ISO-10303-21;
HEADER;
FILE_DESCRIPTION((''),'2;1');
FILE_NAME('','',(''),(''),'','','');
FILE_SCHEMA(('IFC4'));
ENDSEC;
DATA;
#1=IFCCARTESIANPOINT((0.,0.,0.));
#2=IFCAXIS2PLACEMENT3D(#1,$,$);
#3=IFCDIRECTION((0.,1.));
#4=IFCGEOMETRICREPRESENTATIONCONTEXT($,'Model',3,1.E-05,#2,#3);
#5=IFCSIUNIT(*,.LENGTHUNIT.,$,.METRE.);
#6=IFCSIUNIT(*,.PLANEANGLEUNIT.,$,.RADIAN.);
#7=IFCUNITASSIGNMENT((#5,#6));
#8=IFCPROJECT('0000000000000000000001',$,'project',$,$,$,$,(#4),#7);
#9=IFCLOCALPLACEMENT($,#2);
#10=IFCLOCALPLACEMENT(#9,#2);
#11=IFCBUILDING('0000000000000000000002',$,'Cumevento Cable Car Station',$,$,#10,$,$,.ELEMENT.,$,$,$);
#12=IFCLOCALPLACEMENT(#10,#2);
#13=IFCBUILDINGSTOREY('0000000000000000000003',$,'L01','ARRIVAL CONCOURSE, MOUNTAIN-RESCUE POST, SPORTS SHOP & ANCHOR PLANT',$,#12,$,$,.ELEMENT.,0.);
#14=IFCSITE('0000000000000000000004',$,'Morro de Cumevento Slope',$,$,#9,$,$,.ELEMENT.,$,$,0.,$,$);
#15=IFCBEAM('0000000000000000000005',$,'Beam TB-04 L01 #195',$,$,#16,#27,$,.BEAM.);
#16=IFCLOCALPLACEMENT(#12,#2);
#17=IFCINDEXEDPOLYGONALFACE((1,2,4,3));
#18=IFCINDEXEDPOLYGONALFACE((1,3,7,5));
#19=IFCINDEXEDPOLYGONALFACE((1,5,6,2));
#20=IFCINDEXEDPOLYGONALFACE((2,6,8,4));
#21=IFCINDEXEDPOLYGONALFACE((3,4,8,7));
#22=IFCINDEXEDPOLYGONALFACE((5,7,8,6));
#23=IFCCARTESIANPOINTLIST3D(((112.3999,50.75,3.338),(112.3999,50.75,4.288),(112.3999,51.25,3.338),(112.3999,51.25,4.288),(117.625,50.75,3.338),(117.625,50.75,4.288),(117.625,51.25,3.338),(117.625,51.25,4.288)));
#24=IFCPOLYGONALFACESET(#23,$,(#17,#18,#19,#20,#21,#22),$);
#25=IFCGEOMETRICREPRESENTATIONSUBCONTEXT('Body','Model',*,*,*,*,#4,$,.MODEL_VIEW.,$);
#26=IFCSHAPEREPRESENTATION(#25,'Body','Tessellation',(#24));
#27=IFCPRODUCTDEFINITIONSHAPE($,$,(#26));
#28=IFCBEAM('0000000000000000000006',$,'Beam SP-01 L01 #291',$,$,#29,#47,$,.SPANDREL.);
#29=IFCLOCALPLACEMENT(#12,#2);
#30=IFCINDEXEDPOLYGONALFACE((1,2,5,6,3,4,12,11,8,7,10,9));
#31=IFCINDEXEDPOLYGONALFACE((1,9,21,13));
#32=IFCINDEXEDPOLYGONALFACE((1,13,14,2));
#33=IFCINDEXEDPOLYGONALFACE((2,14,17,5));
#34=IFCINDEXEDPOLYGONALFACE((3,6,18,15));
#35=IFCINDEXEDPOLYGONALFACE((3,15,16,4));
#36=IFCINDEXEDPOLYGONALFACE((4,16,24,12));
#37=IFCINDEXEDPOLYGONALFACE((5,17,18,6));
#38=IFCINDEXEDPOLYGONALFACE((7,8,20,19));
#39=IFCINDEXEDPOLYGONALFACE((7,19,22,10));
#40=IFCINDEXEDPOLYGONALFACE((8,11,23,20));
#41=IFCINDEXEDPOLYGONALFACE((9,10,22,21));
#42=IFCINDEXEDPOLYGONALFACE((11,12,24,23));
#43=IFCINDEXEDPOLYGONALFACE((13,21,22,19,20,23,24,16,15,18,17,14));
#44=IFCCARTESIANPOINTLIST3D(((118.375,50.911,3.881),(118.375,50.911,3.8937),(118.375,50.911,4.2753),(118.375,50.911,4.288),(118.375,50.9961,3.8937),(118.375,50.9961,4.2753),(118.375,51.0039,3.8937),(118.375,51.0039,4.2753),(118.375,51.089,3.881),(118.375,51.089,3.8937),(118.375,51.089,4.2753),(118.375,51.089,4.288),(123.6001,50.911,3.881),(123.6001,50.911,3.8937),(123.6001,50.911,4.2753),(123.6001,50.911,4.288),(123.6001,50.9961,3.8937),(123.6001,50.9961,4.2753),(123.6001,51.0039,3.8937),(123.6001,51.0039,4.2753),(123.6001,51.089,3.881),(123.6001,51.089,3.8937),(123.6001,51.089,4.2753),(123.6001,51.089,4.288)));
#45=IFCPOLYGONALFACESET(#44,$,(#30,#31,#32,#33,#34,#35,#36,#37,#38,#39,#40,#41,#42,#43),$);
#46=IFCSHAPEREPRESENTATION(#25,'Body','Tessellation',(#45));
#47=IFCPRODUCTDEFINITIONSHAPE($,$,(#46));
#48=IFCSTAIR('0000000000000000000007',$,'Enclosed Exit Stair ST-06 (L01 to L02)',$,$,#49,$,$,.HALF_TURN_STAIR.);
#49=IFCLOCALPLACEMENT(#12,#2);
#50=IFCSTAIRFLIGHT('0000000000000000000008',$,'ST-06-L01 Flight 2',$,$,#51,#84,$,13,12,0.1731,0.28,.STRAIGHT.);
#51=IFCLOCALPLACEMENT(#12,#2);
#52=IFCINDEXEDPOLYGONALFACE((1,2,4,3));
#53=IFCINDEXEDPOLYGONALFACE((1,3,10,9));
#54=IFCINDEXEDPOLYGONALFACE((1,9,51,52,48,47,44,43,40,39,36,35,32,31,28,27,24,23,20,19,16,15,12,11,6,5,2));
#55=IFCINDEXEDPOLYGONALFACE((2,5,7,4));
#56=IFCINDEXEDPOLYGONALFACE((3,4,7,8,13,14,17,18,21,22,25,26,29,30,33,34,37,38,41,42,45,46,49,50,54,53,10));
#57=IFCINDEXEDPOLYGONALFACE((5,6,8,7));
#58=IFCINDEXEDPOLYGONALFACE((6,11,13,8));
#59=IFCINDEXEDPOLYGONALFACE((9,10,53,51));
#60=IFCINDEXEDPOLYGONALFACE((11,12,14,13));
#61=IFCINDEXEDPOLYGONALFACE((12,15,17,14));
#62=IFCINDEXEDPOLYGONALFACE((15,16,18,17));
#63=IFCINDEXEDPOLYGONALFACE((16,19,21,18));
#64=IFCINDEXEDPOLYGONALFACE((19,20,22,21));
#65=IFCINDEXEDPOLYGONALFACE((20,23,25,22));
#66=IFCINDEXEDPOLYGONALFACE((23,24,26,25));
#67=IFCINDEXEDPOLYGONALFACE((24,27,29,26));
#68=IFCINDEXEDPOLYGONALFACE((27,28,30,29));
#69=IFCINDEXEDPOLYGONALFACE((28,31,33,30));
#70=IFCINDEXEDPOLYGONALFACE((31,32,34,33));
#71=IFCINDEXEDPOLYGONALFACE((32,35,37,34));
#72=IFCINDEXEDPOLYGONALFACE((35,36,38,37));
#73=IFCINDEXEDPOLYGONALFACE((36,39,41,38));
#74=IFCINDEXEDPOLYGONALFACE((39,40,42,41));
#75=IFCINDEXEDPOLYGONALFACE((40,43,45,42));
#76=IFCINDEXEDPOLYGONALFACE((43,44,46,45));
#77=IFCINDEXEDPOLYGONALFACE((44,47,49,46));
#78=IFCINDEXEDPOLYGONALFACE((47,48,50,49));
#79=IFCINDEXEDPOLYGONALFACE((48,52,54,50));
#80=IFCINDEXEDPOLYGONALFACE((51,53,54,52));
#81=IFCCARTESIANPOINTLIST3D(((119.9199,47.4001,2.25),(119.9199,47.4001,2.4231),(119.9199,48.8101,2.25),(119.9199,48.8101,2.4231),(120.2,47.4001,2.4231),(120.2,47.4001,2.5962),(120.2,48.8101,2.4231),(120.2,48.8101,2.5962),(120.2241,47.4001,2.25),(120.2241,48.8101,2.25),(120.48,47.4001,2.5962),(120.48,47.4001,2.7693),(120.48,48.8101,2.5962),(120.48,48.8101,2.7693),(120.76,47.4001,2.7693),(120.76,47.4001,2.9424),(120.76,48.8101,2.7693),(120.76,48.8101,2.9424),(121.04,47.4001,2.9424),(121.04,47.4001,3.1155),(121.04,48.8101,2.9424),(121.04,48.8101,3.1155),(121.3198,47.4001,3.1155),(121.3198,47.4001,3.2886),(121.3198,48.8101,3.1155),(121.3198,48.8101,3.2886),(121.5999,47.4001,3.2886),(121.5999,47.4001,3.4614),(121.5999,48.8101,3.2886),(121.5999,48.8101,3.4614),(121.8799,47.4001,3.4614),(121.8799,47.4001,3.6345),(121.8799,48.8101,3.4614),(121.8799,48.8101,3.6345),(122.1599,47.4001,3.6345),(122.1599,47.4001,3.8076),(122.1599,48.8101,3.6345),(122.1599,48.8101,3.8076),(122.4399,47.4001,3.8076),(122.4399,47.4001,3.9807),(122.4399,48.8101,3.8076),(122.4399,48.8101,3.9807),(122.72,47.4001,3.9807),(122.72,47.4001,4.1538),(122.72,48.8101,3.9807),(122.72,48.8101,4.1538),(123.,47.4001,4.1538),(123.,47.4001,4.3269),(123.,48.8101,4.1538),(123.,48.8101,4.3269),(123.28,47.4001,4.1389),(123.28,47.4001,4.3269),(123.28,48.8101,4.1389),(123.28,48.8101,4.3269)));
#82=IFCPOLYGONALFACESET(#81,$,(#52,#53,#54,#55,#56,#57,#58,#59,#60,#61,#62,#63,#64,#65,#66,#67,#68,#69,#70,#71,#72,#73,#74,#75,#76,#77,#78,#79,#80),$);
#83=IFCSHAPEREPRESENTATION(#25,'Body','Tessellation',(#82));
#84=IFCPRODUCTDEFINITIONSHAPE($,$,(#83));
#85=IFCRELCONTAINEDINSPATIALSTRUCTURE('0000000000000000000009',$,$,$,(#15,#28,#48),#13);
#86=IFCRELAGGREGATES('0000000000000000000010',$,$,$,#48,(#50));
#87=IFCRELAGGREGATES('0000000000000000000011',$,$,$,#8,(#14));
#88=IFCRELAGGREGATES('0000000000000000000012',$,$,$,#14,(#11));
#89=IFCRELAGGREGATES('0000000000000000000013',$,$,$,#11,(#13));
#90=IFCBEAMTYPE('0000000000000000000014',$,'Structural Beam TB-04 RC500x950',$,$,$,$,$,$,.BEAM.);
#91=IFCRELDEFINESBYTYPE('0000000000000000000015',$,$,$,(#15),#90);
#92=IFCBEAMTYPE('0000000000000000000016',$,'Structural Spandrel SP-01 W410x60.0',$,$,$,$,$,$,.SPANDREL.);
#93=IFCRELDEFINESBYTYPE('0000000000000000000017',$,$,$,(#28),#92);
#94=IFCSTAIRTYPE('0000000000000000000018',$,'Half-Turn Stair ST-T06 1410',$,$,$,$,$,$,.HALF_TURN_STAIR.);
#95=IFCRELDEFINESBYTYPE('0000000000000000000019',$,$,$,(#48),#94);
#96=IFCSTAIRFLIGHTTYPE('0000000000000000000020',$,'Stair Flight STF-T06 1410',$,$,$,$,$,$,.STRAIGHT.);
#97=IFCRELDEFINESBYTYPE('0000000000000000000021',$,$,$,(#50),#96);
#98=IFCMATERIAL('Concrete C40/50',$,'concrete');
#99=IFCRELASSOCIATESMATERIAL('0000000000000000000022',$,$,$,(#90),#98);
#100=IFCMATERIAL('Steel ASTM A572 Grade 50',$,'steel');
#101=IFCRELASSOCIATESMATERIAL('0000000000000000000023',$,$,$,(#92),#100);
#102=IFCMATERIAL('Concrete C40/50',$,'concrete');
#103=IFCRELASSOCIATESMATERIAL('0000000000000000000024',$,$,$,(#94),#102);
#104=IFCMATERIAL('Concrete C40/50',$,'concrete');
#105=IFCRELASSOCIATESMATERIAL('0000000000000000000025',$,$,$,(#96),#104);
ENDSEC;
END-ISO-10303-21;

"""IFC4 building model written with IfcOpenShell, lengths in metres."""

from ifc_helpers import new_model, si_unit, direction, frame, origin, origin_2d, place, context, subcontext, project, spatial, polyline, rectangle, i_section, outline, extrude, material, material_profile, profile_set, type_object, element, aggregate, save


model = new_model("IFC4")

# Units and contexts
model_context = context("Model", 3, precision=1e-05, world=origin(), true_north=direction((0.0, 1.0)))
body_context = subcontext(model_context, "Body", "Model", "MODEL_VIEW")
ifc_project = project(units=[si_unit("LENGTHUNIT", "METRE"), si_unit("PLANEANGLEUNIT", "RADIAN")], contexts=[model_context])

# Site, building, storey
site_placement = place(None, origin())
site = spatial("IfcSite", under=ifc_project, at=site_placement, Name="Morro de Cumevento Slope", CompositionType="ELEMENT", RefElevation=0.0)
building_placement = place(site_placement, origin())
building = spatial("IfcBuilding", under=site, at=building_placement, Name="Cumevento Cable Car Station", CompositionType="ELEMENT")
storey_placement = place(building_placement, origin())
storey = spatial("IfcBuildingStorey", under=building, at=storey_placement, Name="L01", Description="ARRIVAL CONCOURSE, MOUNTAIN-RESCUE POST, SPORTS SHOP & ANCHOR PLANT", CompositionType="ELEMENT", Elevation=0.0)

# Beams
ifc_material_1 = material(Name="Concrete C40/50", Category="concrete")
ifc_material_profile_1 = material_profile(ifc_material_1, rectangle(XDim=0.5, YDim=0.95, at=origin_2d()), Name="RC500x950")
ifc_profile_set_1 = profile_set([ifc_material_profile_1], Name="Concrete C40/50")
beam_type_1 = type_object("IfcBeamType", Name="Structural Beam TB-04 RC500x950", PredefinedType="BEAM", material=ifc_profile_set_1)
beam_1_placement = place(storey_placement, frame((112.3999, 51.0, 3.813), z_axis=(1.0, 0.0, 0.0), x_axis=(0.0, 1.0, 0.0)))
element("IfcBeam", 1, at=beam_1_placement, inside=storey, type_object=beam_type_1, Name="Beam TB-04 L01 #195", PredefinedType="BEAM", context=body_context, shape_type="SweptSolid", body=[
    extrude(rectangle(XDim=0.5, YDim=0.95, at=origin_2d()), origin(), (0.0, 0.0, 1.0), 5.2251),
])
ifc_material_2 = material(Name="Steel ASTM A572 Grade 50", Category="steel")
ifc_material_profile_2 = material_profile(ifc_material_2, i_section(OverallWidth=0.178, OverallDepth=0.407, WebThickness=0.0078, FlangeThickness=0.0127, at=origin_2d()), Name="W410x60.0")
ifc_profile_set_2 = profile_set([ifc_material_profile_2], Name="Steel ASTM A572 Grade 50")
beam_type_2 = type_object("IfcBeamType", Name="Structural Spandrel SP-01 W410x60.0", PredefinedType="SPANDREL", material=ifc_profile_set_2)
beam_2_placement = place(storey_placement, frame((118.375, 51.0, 4.0845), z_axis=(1.0, 0.0, 0.0), x_axis=(0.0, 1.0, 0.0)))
element("IfcBeam", 2, at=beam_2_placement, inside=storey, type_object=beam_type_2, Name="Beam SP-01 L01 #291", PredefinedType="SPANDREL", context=body_context, shape_type="SweptSolid", body=[
    extrude(i_section(OverallWidth=0.178, OverallDepth=0.407, WebThickness=0.0078, FlangeThickness=0.0127, at=origin_2d()), origin(), (0.0, 0.0, 1.0), 5.2251),
])

# Stair, stair flight
ifc_material_3 = material(Name="Concrete C40/50", Category="concrete")
stair_type = type_object("IfcStairType", Name="Half-Turn Stair ST-T06 1410", PredefinedType="HALF_TURN_STAIR", material=ifc_material_3)
stair_placement = place(storey_placement, origin())
stair = element("IfcStair", 3, at=stair_placement, inside=storey, type_object=stair_type, Name="Enclosed Exit Stair ST-06 (L01 to L02)", PredefinedType="HALF_TURN_STAIR")
ifc_material_4 = material(Name="Concrete C40/50", Category="concrete")
stair_flight_type = type_object("IfcStairFlightType", Name="Stair Flight STF-T06 1410", PredefinedType="STRAIGHT", material=ifc_material_4)
stair_flight_placement = place(storey_placement, frame((119.9199, 48.105, 2.25), z_axis=(0.0, 0.0, 1.0), x_axis=(1.0, 0.0, 0.0)))
stair_flight = element("IfcStairFlight", 4, at=stair_flight_placement, type_object=stair_flight_type, Name="ST-06-L01 Flight 2", NumberOfRisers=13, NumberOfTreads=12, PredefinedType="STRAIGHT", RiserHeight=0.1731, TreadLength=0.28, context=body_context, shape_type="SweptSolid", body=[
    extrude(outline(polyline([(0.0, 0.0), (0.0, 0.1731), (0.28, 0.1731), (0.28, 0.3462), (0.5601, 0.3462), (0.5601, 0.5193), (0.8401, 0.5193), (0.8401, 0.6924), (1.1201, 0.6924), (1.1201, 0.8655), (1.3999, 0.8655), (1.3999, 1.0386), (1.6799, 1.0386), (1.6799, 1.2114), (1.96, 1.2114), (1.96, 1.3845), (2.24, 1.3845), (2.24, 1.5576), (2.52, 1.5576), (2.52, 1.7307), (2.8, 1.7307), (2.8, 1.9038), (3.0801, 1.9038), (3.0801, 2.0769), (3.3601, 2.0769), (3.3601, 2.25), (3.3601, 1.8889), (0.3042, 0.0), (0.0, 0.0)])), frame((0.0, 0.7051, 0.0), z_axis=(0.0, -1.0, 0.0), x_axis=(1.0, 0.0, 0.0)), (0.0, 0.0, 1.0), 1.4099),
])
aggregate(stair, [stair_flight])

save(model, "model.ifc")
